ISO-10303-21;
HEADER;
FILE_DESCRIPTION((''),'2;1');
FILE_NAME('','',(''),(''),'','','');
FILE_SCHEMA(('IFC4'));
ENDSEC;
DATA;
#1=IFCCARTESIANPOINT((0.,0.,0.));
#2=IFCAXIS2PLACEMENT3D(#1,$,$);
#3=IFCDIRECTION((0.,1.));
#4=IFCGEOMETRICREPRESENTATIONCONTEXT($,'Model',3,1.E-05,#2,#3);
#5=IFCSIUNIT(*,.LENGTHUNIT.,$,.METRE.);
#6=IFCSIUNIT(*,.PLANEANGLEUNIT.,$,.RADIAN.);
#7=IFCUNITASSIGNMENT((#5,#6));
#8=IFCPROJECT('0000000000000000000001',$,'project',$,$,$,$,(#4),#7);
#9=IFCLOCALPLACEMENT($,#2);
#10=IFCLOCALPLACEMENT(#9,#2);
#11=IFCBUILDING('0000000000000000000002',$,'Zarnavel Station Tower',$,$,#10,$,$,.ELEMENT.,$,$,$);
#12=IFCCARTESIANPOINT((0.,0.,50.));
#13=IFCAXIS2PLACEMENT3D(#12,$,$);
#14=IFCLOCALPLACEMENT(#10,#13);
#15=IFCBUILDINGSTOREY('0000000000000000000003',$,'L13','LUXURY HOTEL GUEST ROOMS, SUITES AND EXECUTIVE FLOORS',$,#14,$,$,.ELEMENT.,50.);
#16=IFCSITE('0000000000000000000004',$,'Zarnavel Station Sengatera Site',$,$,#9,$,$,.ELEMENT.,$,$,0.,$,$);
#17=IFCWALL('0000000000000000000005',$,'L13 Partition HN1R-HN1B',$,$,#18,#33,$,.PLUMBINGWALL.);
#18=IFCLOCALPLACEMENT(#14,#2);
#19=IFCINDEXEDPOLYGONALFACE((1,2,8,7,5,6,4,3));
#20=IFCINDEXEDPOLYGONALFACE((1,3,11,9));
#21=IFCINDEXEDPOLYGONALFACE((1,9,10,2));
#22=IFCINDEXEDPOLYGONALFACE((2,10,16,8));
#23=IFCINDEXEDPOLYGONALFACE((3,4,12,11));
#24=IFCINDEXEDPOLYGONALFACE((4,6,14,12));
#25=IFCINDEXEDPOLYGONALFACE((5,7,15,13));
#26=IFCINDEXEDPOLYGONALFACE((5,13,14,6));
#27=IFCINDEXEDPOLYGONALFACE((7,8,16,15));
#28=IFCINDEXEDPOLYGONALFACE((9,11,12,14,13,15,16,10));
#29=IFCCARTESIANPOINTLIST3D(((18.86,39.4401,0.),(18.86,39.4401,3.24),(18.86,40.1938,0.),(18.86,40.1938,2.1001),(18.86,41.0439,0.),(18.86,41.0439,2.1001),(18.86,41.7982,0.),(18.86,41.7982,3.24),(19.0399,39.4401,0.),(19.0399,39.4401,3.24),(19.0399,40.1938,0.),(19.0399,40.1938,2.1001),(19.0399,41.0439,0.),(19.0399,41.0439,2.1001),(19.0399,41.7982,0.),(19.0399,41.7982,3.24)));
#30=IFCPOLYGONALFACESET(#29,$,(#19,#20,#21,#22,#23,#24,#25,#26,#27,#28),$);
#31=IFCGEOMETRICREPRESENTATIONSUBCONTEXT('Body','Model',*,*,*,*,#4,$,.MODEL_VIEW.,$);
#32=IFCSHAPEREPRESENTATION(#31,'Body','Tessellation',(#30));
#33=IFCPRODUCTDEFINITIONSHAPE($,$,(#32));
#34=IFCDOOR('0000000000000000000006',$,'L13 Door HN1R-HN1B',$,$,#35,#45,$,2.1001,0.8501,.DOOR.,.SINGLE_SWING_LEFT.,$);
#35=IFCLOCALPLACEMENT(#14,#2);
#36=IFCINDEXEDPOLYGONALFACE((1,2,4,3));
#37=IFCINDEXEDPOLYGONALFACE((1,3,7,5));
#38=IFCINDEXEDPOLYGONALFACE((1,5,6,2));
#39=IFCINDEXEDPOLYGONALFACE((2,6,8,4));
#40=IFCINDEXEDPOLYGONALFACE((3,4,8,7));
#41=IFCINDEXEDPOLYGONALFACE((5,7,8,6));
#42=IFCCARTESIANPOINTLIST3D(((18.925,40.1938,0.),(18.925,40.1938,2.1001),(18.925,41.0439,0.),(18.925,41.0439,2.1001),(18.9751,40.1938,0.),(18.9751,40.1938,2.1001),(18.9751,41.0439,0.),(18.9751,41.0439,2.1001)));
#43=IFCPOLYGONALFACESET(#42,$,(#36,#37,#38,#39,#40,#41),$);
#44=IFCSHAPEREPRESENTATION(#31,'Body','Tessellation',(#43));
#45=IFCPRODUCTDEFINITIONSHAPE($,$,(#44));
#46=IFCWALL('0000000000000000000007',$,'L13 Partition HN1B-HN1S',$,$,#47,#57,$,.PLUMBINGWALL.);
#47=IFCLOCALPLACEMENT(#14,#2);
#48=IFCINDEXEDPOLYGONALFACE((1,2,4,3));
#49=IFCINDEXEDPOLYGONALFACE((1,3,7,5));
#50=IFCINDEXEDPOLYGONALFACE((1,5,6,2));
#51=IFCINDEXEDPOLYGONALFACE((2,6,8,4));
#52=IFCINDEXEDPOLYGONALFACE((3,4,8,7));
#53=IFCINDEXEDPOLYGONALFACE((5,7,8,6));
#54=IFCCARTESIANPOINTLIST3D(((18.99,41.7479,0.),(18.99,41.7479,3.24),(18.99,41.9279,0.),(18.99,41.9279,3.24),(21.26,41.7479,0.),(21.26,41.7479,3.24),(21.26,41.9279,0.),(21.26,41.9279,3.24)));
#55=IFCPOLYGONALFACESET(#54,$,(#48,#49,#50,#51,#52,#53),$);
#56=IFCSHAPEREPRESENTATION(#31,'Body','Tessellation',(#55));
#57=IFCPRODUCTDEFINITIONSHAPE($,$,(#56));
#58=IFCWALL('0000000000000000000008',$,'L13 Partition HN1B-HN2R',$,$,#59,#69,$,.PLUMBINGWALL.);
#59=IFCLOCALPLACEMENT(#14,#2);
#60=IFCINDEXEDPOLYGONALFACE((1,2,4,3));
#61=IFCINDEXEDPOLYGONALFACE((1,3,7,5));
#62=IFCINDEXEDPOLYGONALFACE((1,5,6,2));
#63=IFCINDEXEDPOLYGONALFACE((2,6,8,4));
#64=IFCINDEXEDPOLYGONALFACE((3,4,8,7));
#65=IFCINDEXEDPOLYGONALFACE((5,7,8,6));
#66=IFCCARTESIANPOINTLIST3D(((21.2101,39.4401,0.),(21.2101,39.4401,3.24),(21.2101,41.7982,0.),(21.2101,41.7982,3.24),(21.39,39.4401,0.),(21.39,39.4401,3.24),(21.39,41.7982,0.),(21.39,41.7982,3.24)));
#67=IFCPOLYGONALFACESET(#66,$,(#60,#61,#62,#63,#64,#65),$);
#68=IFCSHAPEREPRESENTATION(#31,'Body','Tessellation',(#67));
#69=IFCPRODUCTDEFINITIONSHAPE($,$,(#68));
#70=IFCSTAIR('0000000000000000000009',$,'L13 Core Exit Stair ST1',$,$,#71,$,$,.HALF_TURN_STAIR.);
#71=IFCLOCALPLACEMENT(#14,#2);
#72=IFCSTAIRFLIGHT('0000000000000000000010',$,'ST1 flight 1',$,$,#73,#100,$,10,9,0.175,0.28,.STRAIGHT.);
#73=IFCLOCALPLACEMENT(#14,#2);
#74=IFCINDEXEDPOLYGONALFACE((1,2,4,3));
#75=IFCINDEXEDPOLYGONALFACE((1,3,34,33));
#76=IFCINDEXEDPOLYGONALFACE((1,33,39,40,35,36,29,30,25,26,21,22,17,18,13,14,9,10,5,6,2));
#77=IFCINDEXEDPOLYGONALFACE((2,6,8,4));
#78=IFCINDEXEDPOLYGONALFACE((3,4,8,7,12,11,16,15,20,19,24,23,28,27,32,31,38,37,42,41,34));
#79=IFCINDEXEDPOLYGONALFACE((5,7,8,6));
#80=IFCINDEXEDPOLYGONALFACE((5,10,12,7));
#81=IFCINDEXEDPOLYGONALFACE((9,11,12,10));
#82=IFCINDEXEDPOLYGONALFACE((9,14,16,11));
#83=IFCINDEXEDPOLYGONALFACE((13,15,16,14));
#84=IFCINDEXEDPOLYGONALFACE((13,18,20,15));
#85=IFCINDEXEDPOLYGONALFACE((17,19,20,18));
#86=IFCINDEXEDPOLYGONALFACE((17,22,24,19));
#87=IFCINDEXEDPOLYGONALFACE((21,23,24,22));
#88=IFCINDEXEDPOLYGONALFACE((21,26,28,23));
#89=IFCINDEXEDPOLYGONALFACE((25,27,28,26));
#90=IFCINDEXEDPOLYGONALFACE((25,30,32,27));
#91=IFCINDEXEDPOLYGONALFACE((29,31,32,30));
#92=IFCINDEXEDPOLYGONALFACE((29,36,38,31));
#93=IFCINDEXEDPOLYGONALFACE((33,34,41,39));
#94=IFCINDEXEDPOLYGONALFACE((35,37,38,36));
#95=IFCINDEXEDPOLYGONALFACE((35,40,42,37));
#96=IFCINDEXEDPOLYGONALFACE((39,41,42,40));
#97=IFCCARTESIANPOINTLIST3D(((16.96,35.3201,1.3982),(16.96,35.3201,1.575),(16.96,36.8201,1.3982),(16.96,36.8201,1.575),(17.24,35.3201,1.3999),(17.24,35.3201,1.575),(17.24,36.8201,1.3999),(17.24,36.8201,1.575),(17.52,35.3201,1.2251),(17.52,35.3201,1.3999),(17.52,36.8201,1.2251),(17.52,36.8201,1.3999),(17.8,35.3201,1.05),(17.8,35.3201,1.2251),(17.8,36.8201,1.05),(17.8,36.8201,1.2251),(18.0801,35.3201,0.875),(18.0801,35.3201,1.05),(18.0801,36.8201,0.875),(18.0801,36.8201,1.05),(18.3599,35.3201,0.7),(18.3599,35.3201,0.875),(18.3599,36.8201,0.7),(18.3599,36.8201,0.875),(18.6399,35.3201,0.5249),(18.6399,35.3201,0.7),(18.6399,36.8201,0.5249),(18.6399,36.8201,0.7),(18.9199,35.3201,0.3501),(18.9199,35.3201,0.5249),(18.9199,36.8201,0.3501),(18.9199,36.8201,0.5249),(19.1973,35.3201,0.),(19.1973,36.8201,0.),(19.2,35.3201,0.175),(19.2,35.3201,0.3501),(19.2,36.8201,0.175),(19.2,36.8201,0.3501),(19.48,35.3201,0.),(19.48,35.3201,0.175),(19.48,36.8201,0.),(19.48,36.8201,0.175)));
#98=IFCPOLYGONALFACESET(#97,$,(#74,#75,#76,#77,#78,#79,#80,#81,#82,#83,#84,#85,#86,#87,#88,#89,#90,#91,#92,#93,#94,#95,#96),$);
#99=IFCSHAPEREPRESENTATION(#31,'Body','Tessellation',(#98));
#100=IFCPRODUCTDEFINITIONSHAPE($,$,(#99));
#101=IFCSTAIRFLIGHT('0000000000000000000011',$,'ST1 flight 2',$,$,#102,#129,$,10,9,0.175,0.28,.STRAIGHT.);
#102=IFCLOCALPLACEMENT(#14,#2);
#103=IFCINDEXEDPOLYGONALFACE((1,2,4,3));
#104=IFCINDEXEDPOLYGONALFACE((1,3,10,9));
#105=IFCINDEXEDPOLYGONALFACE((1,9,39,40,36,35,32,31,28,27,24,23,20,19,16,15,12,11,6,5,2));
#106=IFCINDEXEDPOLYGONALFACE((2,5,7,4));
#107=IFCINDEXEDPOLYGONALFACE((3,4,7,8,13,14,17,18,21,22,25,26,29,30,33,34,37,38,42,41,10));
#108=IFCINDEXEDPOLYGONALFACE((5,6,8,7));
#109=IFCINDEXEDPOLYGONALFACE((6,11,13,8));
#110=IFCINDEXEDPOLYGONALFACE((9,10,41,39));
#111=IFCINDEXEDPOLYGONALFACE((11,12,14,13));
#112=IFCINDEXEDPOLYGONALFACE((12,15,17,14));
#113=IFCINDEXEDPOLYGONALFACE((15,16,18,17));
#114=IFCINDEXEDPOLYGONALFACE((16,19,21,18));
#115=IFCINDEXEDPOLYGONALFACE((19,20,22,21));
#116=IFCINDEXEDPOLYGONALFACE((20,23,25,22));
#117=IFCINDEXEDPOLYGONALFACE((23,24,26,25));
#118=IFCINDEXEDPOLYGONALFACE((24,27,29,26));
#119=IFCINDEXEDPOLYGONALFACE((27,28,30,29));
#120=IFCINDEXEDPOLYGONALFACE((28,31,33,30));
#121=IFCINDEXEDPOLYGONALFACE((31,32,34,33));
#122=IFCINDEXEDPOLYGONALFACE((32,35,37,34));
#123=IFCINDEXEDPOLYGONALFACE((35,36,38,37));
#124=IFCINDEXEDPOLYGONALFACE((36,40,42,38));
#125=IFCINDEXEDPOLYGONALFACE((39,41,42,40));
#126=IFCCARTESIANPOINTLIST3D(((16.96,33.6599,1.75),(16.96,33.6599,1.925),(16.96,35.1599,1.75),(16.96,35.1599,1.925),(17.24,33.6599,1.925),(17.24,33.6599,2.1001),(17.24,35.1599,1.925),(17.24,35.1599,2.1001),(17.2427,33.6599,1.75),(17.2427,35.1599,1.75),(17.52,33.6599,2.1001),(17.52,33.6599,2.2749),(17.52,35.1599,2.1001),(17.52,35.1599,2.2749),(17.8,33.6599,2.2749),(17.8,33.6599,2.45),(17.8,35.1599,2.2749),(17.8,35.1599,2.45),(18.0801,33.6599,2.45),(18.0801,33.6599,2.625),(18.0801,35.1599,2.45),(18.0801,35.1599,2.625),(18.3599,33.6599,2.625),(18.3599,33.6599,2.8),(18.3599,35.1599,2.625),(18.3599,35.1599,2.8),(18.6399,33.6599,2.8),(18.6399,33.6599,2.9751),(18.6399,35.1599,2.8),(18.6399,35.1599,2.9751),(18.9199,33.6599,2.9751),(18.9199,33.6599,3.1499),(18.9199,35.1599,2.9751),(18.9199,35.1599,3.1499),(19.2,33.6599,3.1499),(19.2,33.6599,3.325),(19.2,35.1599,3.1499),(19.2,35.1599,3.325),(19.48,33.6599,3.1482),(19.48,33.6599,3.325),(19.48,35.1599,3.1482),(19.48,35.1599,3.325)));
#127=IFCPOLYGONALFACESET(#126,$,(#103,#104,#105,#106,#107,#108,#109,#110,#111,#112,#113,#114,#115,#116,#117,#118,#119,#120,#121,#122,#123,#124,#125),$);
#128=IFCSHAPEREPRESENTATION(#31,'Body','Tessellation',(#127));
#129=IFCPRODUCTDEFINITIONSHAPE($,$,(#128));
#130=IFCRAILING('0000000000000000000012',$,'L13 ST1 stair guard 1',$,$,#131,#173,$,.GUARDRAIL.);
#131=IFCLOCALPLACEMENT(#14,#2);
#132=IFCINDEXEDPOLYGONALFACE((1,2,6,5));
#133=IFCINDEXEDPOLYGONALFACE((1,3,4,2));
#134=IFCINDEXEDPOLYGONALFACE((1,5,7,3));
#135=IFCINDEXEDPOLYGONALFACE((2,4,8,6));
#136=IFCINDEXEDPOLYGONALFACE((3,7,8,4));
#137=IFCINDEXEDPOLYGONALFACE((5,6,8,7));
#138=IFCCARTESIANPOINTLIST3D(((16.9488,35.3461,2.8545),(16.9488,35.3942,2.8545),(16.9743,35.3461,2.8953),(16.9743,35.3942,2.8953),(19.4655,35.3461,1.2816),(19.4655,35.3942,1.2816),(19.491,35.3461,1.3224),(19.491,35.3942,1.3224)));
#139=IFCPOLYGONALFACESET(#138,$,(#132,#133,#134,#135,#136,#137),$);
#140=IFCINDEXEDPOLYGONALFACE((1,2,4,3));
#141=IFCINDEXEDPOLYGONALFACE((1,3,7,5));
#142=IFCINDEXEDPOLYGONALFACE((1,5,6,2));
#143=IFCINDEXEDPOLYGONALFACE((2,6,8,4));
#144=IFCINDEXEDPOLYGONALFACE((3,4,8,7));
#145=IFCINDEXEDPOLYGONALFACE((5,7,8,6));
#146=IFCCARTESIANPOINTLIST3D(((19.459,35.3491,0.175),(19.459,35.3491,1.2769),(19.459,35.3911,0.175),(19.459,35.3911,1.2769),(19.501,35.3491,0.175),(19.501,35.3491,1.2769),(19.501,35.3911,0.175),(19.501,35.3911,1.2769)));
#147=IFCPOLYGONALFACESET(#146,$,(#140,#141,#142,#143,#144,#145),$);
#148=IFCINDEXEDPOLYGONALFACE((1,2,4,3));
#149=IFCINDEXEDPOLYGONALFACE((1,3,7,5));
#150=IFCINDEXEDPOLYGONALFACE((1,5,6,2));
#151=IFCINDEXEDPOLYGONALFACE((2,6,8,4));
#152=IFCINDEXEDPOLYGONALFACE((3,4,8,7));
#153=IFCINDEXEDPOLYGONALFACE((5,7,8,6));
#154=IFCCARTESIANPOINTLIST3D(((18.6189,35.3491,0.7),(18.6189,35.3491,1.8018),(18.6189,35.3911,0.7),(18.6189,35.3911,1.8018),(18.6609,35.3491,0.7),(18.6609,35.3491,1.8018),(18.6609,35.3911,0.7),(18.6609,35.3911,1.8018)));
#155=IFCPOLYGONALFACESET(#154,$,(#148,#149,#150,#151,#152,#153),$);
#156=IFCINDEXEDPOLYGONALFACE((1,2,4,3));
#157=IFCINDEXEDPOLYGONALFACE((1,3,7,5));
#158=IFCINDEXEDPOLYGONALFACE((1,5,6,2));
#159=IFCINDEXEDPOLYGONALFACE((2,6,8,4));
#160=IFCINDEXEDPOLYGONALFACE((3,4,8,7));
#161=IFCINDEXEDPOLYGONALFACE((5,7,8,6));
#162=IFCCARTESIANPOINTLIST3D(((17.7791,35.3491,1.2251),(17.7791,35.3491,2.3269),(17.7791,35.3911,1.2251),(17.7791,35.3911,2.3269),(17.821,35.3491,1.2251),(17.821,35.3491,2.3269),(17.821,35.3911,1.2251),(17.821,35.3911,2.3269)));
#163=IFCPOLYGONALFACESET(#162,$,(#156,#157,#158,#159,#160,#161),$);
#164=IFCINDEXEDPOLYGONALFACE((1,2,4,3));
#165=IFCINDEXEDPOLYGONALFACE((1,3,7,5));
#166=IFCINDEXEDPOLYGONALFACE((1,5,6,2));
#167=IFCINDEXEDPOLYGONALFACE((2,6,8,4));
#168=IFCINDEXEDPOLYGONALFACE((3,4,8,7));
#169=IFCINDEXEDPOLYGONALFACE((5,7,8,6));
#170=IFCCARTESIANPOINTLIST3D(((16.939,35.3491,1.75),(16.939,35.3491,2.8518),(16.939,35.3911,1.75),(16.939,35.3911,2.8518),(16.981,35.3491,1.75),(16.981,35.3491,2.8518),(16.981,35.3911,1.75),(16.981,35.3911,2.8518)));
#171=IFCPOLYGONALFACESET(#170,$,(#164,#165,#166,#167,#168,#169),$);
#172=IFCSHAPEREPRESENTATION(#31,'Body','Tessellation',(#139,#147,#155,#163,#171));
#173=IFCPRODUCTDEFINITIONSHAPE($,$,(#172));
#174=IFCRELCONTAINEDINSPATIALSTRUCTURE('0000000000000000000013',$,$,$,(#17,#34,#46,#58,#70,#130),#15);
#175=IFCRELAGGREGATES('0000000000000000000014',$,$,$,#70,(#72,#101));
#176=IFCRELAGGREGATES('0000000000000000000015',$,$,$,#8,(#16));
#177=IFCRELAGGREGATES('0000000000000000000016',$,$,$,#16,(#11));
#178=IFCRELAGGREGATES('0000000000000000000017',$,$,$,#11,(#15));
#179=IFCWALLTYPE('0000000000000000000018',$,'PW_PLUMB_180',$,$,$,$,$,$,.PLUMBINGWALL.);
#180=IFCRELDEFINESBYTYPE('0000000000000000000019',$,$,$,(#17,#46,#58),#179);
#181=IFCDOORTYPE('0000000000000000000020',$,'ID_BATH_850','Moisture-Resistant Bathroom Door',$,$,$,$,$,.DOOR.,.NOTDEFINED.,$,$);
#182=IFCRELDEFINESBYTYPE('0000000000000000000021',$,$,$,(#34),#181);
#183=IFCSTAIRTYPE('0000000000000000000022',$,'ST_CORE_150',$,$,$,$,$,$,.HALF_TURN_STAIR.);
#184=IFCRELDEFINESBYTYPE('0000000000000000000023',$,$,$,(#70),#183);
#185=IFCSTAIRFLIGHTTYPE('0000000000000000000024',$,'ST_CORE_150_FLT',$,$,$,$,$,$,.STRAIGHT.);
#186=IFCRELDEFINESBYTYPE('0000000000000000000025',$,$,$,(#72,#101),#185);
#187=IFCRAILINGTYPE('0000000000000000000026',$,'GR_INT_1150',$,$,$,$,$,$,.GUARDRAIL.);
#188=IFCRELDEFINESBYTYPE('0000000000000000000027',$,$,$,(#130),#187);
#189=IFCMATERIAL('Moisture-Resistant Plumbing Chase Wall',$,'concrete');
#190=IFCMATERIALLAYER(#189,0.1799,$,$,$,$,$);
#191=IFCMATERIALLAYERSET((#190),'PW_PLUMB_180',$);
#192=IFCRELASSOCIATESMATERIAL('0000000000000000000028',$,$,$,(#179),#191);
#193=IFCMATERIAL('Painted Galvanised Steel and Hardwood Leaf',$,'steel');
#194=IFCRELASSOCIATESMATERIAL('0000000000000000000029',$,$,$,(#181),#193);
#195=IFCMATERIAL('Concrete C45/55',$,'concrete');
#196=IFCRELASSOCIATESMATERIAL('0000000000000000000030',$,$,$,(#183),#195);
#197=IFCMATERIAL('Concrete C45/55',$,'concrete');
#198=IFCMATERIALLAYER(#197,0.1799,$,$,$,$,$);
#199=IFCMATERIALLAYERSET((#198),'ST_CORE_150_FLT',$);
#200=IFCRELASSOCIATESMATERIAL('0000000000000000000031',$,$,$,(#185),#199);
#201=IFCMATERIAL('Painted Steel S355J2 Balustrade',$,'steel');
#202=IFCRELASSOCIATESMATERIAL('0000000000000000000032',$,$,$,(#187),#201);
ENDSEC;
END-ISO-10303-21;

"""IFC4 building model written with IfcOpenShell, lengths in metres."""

from ifc_helpers import new_model, si_unit, direction, frame, frame_2d, origin, origin_2d, place, context, subcontext, project, spatial, polyline, rectangle, outline, extrude, material, layer, layer_set, type_object, element, fill, aggregate, save


model = new_model("IFC4")

# Units and contexts
model_context = context("Model", 3, precision=1e-05, world=origin(), true_north=direction((0.0, 1.0)))
body_context = subcontext(model_context, "Body", "Model", "MODEL_VIEW")
ifc_project = project(units=[si_unit("LENGTHUNIT", "METRE"), si_unit("PLANEANGLEUNIT", "RADIAN")], contexts=[model_context])

# Site, building, storey
site_placement = place(None, origin())
site = spatial("IfcSite", under=ifc_project, at=site_placement, Name="Zarnavel Station Sengatera Site", CompositionType="ELEMENT", RefElevation=0.0)
building_placement = place(site_placement, origin())
building = spatial("IfcBuilding", under=site, at=building_placement, Name="Zarnavel Station Tower", CompositionType="ELEMENT")
storey_placement = place(building_placement, frame((0.0, 0.0, 50.0)))
storey = spatial("IfcBuildingStorey", under=building, at=storey_placement, Name="L13", Description="LUXURY HOTEL GUEST ROOMS, SUITES AND EXECUTIVE FLOORS", CompositionType="ELEMENT", Elevation=50.0)

# Shared definitions
ifc_material_1 = material(Name="Moisture-Resistant Plumbing Chase Wall", Category="concrete")
ifc_layer_1 = layer(ifc_material_1, 0.1799)
ifc_layer_set_1 = layer_set([ifc_layer_1], Name="PW_PLUMB_180")
wall_type_1 = type_object("IfcWallType", Name="PW_PLUMB_180", PredefinedType="PLUMBINGWALL", material=ifc_layer_set_1)

# Wall, opening, door
wall_1_placement = place(storey_placement, frame((18.95, 39.4399, 0.0), z_axis=(0.0, 0.0, 1.0), x_axis=(0.0, 1.0, 0.0)))
wall_1 = element("IfcWall", 1, at=wall_1_placement, inside=storey, type_object=wall_type_1, Name="L13 Partition HN1R-HN1B", PredefinedType="PLUMBINGWALL", context=body_context, shape_type="SweptSolid", body=[
    extrude(rectangle(XDim=2.3582, YDim=0.1799, at=frame_2d((1.1792, 0.0))), origin(), (0.0, 0.0, 1.0), 3.24),
])
opening_1_placement = place(wall_1_placement, frame((0.7539, 0.0, 0.0)))
opening_1 = element("IfcOpeningElement", 2, at=opening_1_placement, cuts=wall_1, PredefinedType="OPENING", context=body_context, shape_type="SweptSolid", body=[
    extrude(rectangle(XDim=0.8501, YDim=2.1001, at=frame_2d((0.425, 1.05))), frame((0.0, 0.0999, 0.0), z_axis=(0.0, -1.0, 0.0), x_axis=(1.0, 0.0, 0.0)), (0.0, 0.0, 1.0), 0.2),
])
ifc_material_2 = material(Name="Painted Galvanised Steel and Hardwood Leaf", Category="steel")
door_type_1 = type_object("IfcDoorType", Name="ID_BATH_850", Description="Moisture-Resistant Bathroom Door", OperationType="NOTDEFINED", PredefinedType="DOOR", material=ifc_material_2)
door_1_placement = place(opening_1_placement, origin())
door_1 = element("IfcDoor", 3, at=door_1_placement, inside=storey, type_object=door_type_1, Name="L13 Door HN1R-HN1B", OperationType="SINGLE_SWING_LEFT", OverallHeight=2.1001, OverallWidth=0.8501, PredefinedType="DOOR", context=body_context, shape_type="SweptSolid", body=[
    extrude(rectangle(XDim=0.8501, YDim=2.1001, at=frame_2d((0.425, 1.05))), frame((0.0, 0.0249, 0.0), z_axis=(0.0, -1.0, 0.0), x_axis=(1.0, 0.0, 0.0)), (0.0, 0.0, 1.0), 0.05),
])
fill(opening_1, door_1)

# Walls
wall_2_placement = place(storey_placement, frame((18.99, 41.8379, 0.0), z_axis=(0.0, 0.0, 1.0), x_axis=(1.0, 0.0, 0.0)))
element("IfcWall", 4, at=wall_2_placement, inside=storey, type_object=wall_type_1, Name="L13 Partition HN1B-HN1S", PredefinedType="PLUMBINGWALL", context=body_context, shape_type="SweptSolid", body=[
    extrude(rectangle(XDim=2.27, YDim=0.1799, at=frame_2d((1.135, 0.0))), origin(), (0.0, 0.0, 1.0), 3.24),
])
wall_3_placement = place(storey_placement, frame((21.3, 39.4399, 0.0), z_axis=(0.0, 0.0, 1.0), x_axis=(0.0, 1.0, 0.0)))
element("IfcWall", 5, at=wall_3_placement, inside=storey, type_object=wall_type_1, Name="L13 Partition HN1B-HN2R", PredefinedType="PLUMBINGWALL", context=body_context, shape_type="SweptSolid", body=[
    extrude(rectangle(XDim=2.3582, YDim=0.1799, at=frame_2d((1.1792, 0.0))), origin(), (0.0, 0.0, 1.0), 3.24),
])

# Stair, stair flights
ifc_material_3 = material(Name="Concrete C45/55", Category="concrete")
stair_type = type_object("IfcStairType", Name="ST_CORE_150", PredefinedType="HALF_TURN_STAIR", material=ifc_material_3)
stair_placement = place(storey_placement, origin())
stair = element("IfcStair", 6, at=stair_placement, inside=storey, type_object=stair_type, Name="L13 Core Exit Stair ST1", PredefinedType="HALF_TURN_STAIR")
ifc_material_4 = material(Name="Concrete C45/55", Category="concrete")
ifc_layer_2 = layer(ifc_material_4, 0.1799)
ifc_layer_set_2 = layer_set([ifc_layer_2], Name="ST_CORE_150_FLT")
stair_flight_type = type_object("IfcStairFlightType", Name="ST_CORE_150_FLT", PredefinedType="STRAIGHT", material=ifc_layer_set_2)
stair_flight_1_placement = place(storey_placement, frame((19.48, 36.0701, 0.0), z_axis=(0.0, 0.0, 1.0), x_axis=(-1.0, 0.0, 0.0)))
stair_flight_1 = element("IfcStairFlight", 7, at=stair_flight_1_placement, type_object=stair_flight_type, Name="ST1 flight 1", NumberOfRisers=10, NumberOfTreads=9, PredefinedType="STRAIGHT", RiserHeight=0.175, TreadLength=0.28, context=body_context, shape_type="SweptSolid", body=[
    extrude(outline(polyline([(0.0, 0.0), (0.0, 0.175), (0.28, 0.175), (0.28, 0.3501), (0.5601, 0.3501), (0.5601, 0.5249), (0.8401, 0.5249), (0.8401, 0.7), (1.1201, 0.7), (1.1201, 0.875), (1.3999, 0.875), (1.3999, 1.05), (1.6799, 1.05), (1.6799, 1.2251), (1.96, 1.2251), (1.96, 1.3999), (2.24, 1.3999), (2.24, 1.575), (2.52, 1.575), (2.52, 1.75), (2.52, 1.3982), (0.2827, 0.0), (0.0, 0.0)])), frame((0.0, 0.75, 0.0), z_axis=(0.0, -1.0, 0.0), x_axis=(1.0, 0.0, 0.0)), (0.0, 0.0, 1.0), 1.5),
])
stair_flight_2_placement = place(storey_placement, frame((16.96, 34.4099, 1.75), z_axis=(0.0, 0.0, 1.0), x_axis=(1.0, 0.0, 0.0)))
stair_flight_2 = element("IfcStairFlight", 8, at=stair_flight_2_placement, type_object=stair_flight_type, Name="ST1 flight 2", NumberOfRisers=10, NumberOfTreads=9, PredefinedType="STRAIGHT", RiserHeight=0.175, TreadLength=0.28, context=body_context, shape_type="SweptSolid", body=[
    extrude(outline(polyline([(0.0, 0.0), (0.0, 0.175), (0.28, 0.175), (0.28, 0.3501), (0.5601, 0.3501), (0.5601, 0.5249), (0.8401, 0.5249), (0.8401, 0.7), (1.1201, 0.7), (1.1201, 0.875), (1.3999, 0.875), (1.3999, 1.05), (1.6799, 1.05), (1.6799, 1.2251), (1.96, 1.2251), (1.96, 1.3999), (2.24, 1.3999), (2.24, 1.575), (2.52, 1.575), (2.52, 1.75), (2.52, 1.3982), (0.2827, 0.0), (0.0, 0.0)])), frame((0.0, 0.75, 0.0), z_axis=(0.0, -1.0, 0.0), x_axis=(1.0, 0.0, 0.0)), (0.0, 0.0, 1.0), 1.5),
])
aggregate(stair, [stair_flight_1, stair_flight_2])

# Railing
ifc_material_5 = material(Name="Painted Steel S355J2 Balustrade", Category="steel")
railing_type_1 = type_object("IfcRailingType", Name="GR_INT_1150", PredefinedType="GUARDRAIL", material=ifc_material_5)
railing_1_placement = place(storey_placement, frame((19.48, 35.3701, 0.175)))
element("IfcRailing", 9, at=railing_1_placement, inside=storey, type_object=railing_type_1, Name="L13 ST1 stair guard 1", PredefinedType="GUARDRAIL", context=body_context, shape_type="SweptSolid", body=[
    extrude(rectangle(XDim=0.0481, YDim=0.0481, at=origin_2d()), frame((-0.0017, 0.0, 1.127), z_axis=(-0.848008, 0.0, 0.529984), x_axis=(0.0, -1.0, 0.0)), (0.0, 0.0, 1.0), 2.9678),
    extrude(rectangle(XDim=0.042, YDim=0.042, at=origin_2d()), origin(), (0.0, 0.0, 1.0), 1.1018),
    extrude(rectangle(XDim=0.042, YDim=0.042, at=origin_2d()), frame((-0.8401, 0.0, 0.5249)), (0.0, 0.0, 1.0), 1.1018),
    extrude(rectangle(XDim=0.042, YDim=0.042, at=origin_2d()), frame((-1.6799, 0.0, 1.05)), (0.0, 0.0, 1.0), 1.1018),
    extrude(rectangle(XDim=0.042, YDim=0.042, at=origin_2d()), frame((-2.52, 0.0, 1.575)), (0.0, 0.0, 1.0), 1.1018),
])

save(model, "model.ifc")
